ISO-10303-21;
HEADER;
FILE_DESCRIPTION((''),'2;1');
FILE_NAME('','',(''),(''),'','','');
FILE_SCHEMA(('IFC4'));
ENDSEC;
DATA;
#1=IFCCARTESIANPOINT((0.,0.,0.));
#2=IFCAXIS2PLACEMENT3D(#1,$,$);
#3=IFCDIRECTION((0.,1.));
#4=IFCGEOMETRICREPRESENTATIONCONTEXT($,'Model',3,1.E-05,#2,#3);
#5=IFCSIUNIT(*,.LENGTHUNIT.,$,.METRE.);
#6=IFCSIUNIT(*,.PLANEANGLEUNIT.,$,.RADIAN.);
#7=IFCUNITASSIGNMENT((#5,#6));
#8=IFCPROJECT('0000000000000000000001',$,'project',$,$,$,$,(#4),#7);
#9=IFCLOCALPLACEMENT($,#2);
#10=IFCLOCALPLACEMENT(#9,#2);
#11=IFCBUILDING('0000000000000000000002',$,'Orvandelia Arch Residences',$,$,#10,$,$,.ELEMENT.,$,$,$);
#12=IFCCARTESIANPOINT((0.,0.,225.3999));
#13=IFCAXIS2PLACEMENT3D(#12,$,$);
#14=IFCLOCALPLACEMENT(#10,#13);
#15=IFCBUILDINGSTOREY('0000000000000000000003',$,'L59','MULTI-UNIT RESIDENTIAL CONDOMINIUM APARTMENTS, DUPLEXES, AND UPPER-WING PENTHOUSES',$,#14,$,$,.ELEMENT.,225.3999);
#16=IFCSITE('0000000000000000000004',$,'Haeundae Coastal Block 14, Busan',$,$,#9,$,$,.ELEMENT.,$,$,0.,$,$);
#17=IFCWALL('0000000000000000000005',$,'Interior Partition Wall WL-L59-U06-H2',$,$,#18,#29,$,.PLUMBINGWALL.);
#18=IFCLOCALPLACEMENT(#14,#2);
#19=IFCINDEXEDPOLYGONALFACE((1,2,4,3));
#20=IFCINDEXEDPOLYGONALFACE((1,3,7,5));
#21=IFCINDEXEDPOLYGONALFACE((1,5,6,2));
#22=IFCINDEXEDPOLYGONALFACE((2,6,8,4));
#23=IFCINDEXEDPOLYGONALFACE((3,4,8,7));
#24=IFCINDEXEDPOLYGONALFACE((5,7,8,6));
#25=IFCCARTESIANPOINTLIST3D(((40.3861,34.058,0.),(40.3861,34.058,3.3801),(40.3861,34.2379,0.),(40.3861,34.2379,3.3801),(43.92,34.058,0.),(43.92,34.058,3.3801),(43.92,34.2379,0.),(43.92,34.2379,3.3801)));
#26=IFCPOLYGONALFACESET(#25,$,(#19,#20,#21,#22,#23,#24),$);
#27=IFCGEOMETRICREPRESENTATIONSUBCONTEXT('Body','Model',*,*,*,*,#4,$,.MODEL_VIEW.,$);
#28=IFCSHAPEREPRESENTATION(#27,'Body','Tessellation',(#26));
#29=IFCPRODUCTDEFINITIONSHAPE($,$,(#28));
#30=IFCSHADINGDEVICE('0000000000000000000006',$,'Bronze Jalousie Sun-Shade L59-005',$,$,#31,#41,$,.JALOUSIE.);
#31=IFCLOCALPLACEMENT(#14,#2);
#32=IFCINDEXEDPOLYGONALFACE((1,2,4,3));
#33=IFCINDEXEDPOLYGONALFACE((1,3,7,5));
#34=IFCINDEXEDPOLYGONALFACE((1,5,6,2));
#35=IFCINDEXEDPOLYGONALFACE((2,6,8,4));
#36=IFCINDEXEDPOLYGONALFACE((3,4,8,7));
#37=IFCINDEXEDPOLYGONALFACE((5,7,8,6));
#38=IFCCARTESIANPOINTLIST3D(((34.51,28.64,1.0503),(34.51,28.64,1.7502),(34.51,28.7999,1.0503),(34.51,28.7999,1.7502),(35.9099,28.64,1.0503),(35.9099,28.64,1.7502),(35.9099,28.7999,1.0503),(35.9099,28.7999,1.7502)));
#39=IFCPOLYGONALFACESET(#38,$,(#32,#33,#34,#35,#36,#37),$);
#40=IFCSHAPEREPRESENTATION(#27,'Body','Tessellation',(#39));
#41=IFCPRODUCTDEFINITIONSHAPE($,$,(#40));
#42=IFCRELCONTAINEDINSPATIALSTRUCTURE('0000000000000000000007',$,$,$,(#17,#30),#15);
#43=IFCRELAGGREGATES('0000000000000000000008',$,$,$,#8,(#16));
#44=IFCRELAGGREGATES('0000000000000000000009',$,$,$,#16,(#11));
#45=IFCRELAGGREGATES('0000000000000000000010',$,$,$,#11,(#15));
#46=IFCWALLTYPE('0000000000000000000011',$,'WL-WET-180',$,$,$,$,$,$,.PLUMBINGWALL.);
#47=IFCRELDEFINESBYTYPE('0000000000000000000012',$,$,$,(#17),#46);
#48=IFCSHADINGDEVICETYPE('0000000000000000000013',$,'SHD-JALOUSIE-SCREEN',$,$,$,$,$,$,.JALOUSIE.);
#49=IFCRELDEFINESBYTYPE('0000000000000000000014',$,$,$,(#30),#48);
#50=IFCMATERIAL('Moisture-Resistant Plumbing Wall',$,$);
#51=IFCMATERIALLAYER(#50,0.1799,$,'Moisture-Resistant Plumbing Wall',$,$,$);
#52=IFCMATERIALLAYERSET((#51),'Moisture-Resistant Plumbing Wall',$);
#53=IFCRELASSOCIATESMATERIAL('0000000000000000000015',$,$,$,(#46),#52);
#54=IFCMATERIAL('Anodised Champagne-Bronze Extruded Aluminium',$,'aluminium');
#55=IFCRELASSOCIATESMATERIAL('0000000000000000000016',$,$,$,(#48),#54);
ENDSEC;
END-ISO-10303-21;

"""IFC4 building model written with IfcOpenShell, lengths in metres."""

from ifc_helpers import new_model, si_unit, direction, frame, frame_2d, origin, origin_2d, place, context, subcontext, project, spatial, rectangle, extrude, material, layer, layer_set, type_object, element, save


model = new_model("IFC4")

# Units and contexts
model_context = context("Model", 3, precision=1e-05, world=origin(), true_north=direction((0.0, 1.0)))
body_context = subcontext(model_context, "Body", "Model", "MODEL_VIEW")
ifc_project = project(units=[si_unit("LENGTHUNIT", "METRE"), si_unit("PLANEANGLEUNIT", "RADIAN")], contexts=[model_context])

# Site, building, storey
site_placement = place(None, origin())
site = spatial("IfcSite", under=ifc_project, at=site_placement, Name="Haeundae Coastal Block 14, Busan", CompositionType="ELEMENT", RefElevation=0.0)
building_placement = place(site_placement, origin())
building = spatial("IfcBuilding", under=site, at=building_placement, Name="Orvandelia Arch Residences", CompositionType="ELEMENT")
storey_placement = place(building_placement, frame((0.0, 0.0, 225.3999)))
storey = spatial("IfcBuildingStorey", under=building, at=storey_placement, Name="L59", Description="MULTI-UNIT RESIDENTIAL CONDOMINIUM APARTMENTS, DUPLEXES, AND UPPER-WING PENTHOUSES", CompositionType="ELEMENT", Elevation=225.3999)

# Shared definitions
ifc_material_1 = material(Name="Moisture-Resistant Plumbing Wall")
ifc_layer_1 = layer(ifc_material_1, 0.1799, Name="Moisture-Resistant Plumbing Wall")
ifc_layer_set_1 = layer_set([ifc_layer_1], Name="Moisture-Resistant Plumbing Wall")
wall_type_1 = type_object("IfcWallType", Name="WL-WET-180", PredefinedType="PLUMBINGWALL", material=ifc_layer_set_1)

# Wall
wall_1_placement = place(storey_placement, frame((40.386, 34.1479, 0.0), z_axis=(0.0, 0.0, 1.0), x_axis=(1.0, 0.0, 0.0)))
element("IfcWall", 1, at=wall_1_placement, inside=storey, type_object=wall_type_1, Name="Interior Partition Wall WL-L59-U06-H2", PredefinedType="PLUMBINGWALL", context=body_context, shape_type="SweptSolid", body=[
    extrude(rectangle(XDim=3.5339, YDim=0.1799, at=frame_2d((1.7671, 0.0))), origin(), (0.0, 0.0, 1.0), 3.3801),
])

# Shading device
ifc_material_2 = material(Name="Anodised Champagne-Bronze Extruded Aluminium", Category="aluminium")
shading_device_type = type_object("IfcShadingDeviceType", Name="SHD-JALOUSIE-SCREEN", PredefinedType="JALOUSIE", material=ifc_material_2)
shading_device_placement = place(storey_placement, frame((35.21, 28.72, 1.0503), z_axis=(0.0, 0.0, 1.0), x_axis=(-1.0, 0.0, 0.0)))
element("IfcShadingDevice", 2, at=shading_device_placement, inside=storey, type_object=shading_device_type, Name="Bronze Jalousie Sun-Shade L59-005", PredefinedType="JALOUSIE", context=body_context, shape_type="SweptSolid", body=[
    extrude(rectangle(XDim=1.3999, YDim=0.1599, at=origin_2d()), origin(), (0.0, 0.0, 1.0), 0.7),
])

save(model, "model.ifc")
